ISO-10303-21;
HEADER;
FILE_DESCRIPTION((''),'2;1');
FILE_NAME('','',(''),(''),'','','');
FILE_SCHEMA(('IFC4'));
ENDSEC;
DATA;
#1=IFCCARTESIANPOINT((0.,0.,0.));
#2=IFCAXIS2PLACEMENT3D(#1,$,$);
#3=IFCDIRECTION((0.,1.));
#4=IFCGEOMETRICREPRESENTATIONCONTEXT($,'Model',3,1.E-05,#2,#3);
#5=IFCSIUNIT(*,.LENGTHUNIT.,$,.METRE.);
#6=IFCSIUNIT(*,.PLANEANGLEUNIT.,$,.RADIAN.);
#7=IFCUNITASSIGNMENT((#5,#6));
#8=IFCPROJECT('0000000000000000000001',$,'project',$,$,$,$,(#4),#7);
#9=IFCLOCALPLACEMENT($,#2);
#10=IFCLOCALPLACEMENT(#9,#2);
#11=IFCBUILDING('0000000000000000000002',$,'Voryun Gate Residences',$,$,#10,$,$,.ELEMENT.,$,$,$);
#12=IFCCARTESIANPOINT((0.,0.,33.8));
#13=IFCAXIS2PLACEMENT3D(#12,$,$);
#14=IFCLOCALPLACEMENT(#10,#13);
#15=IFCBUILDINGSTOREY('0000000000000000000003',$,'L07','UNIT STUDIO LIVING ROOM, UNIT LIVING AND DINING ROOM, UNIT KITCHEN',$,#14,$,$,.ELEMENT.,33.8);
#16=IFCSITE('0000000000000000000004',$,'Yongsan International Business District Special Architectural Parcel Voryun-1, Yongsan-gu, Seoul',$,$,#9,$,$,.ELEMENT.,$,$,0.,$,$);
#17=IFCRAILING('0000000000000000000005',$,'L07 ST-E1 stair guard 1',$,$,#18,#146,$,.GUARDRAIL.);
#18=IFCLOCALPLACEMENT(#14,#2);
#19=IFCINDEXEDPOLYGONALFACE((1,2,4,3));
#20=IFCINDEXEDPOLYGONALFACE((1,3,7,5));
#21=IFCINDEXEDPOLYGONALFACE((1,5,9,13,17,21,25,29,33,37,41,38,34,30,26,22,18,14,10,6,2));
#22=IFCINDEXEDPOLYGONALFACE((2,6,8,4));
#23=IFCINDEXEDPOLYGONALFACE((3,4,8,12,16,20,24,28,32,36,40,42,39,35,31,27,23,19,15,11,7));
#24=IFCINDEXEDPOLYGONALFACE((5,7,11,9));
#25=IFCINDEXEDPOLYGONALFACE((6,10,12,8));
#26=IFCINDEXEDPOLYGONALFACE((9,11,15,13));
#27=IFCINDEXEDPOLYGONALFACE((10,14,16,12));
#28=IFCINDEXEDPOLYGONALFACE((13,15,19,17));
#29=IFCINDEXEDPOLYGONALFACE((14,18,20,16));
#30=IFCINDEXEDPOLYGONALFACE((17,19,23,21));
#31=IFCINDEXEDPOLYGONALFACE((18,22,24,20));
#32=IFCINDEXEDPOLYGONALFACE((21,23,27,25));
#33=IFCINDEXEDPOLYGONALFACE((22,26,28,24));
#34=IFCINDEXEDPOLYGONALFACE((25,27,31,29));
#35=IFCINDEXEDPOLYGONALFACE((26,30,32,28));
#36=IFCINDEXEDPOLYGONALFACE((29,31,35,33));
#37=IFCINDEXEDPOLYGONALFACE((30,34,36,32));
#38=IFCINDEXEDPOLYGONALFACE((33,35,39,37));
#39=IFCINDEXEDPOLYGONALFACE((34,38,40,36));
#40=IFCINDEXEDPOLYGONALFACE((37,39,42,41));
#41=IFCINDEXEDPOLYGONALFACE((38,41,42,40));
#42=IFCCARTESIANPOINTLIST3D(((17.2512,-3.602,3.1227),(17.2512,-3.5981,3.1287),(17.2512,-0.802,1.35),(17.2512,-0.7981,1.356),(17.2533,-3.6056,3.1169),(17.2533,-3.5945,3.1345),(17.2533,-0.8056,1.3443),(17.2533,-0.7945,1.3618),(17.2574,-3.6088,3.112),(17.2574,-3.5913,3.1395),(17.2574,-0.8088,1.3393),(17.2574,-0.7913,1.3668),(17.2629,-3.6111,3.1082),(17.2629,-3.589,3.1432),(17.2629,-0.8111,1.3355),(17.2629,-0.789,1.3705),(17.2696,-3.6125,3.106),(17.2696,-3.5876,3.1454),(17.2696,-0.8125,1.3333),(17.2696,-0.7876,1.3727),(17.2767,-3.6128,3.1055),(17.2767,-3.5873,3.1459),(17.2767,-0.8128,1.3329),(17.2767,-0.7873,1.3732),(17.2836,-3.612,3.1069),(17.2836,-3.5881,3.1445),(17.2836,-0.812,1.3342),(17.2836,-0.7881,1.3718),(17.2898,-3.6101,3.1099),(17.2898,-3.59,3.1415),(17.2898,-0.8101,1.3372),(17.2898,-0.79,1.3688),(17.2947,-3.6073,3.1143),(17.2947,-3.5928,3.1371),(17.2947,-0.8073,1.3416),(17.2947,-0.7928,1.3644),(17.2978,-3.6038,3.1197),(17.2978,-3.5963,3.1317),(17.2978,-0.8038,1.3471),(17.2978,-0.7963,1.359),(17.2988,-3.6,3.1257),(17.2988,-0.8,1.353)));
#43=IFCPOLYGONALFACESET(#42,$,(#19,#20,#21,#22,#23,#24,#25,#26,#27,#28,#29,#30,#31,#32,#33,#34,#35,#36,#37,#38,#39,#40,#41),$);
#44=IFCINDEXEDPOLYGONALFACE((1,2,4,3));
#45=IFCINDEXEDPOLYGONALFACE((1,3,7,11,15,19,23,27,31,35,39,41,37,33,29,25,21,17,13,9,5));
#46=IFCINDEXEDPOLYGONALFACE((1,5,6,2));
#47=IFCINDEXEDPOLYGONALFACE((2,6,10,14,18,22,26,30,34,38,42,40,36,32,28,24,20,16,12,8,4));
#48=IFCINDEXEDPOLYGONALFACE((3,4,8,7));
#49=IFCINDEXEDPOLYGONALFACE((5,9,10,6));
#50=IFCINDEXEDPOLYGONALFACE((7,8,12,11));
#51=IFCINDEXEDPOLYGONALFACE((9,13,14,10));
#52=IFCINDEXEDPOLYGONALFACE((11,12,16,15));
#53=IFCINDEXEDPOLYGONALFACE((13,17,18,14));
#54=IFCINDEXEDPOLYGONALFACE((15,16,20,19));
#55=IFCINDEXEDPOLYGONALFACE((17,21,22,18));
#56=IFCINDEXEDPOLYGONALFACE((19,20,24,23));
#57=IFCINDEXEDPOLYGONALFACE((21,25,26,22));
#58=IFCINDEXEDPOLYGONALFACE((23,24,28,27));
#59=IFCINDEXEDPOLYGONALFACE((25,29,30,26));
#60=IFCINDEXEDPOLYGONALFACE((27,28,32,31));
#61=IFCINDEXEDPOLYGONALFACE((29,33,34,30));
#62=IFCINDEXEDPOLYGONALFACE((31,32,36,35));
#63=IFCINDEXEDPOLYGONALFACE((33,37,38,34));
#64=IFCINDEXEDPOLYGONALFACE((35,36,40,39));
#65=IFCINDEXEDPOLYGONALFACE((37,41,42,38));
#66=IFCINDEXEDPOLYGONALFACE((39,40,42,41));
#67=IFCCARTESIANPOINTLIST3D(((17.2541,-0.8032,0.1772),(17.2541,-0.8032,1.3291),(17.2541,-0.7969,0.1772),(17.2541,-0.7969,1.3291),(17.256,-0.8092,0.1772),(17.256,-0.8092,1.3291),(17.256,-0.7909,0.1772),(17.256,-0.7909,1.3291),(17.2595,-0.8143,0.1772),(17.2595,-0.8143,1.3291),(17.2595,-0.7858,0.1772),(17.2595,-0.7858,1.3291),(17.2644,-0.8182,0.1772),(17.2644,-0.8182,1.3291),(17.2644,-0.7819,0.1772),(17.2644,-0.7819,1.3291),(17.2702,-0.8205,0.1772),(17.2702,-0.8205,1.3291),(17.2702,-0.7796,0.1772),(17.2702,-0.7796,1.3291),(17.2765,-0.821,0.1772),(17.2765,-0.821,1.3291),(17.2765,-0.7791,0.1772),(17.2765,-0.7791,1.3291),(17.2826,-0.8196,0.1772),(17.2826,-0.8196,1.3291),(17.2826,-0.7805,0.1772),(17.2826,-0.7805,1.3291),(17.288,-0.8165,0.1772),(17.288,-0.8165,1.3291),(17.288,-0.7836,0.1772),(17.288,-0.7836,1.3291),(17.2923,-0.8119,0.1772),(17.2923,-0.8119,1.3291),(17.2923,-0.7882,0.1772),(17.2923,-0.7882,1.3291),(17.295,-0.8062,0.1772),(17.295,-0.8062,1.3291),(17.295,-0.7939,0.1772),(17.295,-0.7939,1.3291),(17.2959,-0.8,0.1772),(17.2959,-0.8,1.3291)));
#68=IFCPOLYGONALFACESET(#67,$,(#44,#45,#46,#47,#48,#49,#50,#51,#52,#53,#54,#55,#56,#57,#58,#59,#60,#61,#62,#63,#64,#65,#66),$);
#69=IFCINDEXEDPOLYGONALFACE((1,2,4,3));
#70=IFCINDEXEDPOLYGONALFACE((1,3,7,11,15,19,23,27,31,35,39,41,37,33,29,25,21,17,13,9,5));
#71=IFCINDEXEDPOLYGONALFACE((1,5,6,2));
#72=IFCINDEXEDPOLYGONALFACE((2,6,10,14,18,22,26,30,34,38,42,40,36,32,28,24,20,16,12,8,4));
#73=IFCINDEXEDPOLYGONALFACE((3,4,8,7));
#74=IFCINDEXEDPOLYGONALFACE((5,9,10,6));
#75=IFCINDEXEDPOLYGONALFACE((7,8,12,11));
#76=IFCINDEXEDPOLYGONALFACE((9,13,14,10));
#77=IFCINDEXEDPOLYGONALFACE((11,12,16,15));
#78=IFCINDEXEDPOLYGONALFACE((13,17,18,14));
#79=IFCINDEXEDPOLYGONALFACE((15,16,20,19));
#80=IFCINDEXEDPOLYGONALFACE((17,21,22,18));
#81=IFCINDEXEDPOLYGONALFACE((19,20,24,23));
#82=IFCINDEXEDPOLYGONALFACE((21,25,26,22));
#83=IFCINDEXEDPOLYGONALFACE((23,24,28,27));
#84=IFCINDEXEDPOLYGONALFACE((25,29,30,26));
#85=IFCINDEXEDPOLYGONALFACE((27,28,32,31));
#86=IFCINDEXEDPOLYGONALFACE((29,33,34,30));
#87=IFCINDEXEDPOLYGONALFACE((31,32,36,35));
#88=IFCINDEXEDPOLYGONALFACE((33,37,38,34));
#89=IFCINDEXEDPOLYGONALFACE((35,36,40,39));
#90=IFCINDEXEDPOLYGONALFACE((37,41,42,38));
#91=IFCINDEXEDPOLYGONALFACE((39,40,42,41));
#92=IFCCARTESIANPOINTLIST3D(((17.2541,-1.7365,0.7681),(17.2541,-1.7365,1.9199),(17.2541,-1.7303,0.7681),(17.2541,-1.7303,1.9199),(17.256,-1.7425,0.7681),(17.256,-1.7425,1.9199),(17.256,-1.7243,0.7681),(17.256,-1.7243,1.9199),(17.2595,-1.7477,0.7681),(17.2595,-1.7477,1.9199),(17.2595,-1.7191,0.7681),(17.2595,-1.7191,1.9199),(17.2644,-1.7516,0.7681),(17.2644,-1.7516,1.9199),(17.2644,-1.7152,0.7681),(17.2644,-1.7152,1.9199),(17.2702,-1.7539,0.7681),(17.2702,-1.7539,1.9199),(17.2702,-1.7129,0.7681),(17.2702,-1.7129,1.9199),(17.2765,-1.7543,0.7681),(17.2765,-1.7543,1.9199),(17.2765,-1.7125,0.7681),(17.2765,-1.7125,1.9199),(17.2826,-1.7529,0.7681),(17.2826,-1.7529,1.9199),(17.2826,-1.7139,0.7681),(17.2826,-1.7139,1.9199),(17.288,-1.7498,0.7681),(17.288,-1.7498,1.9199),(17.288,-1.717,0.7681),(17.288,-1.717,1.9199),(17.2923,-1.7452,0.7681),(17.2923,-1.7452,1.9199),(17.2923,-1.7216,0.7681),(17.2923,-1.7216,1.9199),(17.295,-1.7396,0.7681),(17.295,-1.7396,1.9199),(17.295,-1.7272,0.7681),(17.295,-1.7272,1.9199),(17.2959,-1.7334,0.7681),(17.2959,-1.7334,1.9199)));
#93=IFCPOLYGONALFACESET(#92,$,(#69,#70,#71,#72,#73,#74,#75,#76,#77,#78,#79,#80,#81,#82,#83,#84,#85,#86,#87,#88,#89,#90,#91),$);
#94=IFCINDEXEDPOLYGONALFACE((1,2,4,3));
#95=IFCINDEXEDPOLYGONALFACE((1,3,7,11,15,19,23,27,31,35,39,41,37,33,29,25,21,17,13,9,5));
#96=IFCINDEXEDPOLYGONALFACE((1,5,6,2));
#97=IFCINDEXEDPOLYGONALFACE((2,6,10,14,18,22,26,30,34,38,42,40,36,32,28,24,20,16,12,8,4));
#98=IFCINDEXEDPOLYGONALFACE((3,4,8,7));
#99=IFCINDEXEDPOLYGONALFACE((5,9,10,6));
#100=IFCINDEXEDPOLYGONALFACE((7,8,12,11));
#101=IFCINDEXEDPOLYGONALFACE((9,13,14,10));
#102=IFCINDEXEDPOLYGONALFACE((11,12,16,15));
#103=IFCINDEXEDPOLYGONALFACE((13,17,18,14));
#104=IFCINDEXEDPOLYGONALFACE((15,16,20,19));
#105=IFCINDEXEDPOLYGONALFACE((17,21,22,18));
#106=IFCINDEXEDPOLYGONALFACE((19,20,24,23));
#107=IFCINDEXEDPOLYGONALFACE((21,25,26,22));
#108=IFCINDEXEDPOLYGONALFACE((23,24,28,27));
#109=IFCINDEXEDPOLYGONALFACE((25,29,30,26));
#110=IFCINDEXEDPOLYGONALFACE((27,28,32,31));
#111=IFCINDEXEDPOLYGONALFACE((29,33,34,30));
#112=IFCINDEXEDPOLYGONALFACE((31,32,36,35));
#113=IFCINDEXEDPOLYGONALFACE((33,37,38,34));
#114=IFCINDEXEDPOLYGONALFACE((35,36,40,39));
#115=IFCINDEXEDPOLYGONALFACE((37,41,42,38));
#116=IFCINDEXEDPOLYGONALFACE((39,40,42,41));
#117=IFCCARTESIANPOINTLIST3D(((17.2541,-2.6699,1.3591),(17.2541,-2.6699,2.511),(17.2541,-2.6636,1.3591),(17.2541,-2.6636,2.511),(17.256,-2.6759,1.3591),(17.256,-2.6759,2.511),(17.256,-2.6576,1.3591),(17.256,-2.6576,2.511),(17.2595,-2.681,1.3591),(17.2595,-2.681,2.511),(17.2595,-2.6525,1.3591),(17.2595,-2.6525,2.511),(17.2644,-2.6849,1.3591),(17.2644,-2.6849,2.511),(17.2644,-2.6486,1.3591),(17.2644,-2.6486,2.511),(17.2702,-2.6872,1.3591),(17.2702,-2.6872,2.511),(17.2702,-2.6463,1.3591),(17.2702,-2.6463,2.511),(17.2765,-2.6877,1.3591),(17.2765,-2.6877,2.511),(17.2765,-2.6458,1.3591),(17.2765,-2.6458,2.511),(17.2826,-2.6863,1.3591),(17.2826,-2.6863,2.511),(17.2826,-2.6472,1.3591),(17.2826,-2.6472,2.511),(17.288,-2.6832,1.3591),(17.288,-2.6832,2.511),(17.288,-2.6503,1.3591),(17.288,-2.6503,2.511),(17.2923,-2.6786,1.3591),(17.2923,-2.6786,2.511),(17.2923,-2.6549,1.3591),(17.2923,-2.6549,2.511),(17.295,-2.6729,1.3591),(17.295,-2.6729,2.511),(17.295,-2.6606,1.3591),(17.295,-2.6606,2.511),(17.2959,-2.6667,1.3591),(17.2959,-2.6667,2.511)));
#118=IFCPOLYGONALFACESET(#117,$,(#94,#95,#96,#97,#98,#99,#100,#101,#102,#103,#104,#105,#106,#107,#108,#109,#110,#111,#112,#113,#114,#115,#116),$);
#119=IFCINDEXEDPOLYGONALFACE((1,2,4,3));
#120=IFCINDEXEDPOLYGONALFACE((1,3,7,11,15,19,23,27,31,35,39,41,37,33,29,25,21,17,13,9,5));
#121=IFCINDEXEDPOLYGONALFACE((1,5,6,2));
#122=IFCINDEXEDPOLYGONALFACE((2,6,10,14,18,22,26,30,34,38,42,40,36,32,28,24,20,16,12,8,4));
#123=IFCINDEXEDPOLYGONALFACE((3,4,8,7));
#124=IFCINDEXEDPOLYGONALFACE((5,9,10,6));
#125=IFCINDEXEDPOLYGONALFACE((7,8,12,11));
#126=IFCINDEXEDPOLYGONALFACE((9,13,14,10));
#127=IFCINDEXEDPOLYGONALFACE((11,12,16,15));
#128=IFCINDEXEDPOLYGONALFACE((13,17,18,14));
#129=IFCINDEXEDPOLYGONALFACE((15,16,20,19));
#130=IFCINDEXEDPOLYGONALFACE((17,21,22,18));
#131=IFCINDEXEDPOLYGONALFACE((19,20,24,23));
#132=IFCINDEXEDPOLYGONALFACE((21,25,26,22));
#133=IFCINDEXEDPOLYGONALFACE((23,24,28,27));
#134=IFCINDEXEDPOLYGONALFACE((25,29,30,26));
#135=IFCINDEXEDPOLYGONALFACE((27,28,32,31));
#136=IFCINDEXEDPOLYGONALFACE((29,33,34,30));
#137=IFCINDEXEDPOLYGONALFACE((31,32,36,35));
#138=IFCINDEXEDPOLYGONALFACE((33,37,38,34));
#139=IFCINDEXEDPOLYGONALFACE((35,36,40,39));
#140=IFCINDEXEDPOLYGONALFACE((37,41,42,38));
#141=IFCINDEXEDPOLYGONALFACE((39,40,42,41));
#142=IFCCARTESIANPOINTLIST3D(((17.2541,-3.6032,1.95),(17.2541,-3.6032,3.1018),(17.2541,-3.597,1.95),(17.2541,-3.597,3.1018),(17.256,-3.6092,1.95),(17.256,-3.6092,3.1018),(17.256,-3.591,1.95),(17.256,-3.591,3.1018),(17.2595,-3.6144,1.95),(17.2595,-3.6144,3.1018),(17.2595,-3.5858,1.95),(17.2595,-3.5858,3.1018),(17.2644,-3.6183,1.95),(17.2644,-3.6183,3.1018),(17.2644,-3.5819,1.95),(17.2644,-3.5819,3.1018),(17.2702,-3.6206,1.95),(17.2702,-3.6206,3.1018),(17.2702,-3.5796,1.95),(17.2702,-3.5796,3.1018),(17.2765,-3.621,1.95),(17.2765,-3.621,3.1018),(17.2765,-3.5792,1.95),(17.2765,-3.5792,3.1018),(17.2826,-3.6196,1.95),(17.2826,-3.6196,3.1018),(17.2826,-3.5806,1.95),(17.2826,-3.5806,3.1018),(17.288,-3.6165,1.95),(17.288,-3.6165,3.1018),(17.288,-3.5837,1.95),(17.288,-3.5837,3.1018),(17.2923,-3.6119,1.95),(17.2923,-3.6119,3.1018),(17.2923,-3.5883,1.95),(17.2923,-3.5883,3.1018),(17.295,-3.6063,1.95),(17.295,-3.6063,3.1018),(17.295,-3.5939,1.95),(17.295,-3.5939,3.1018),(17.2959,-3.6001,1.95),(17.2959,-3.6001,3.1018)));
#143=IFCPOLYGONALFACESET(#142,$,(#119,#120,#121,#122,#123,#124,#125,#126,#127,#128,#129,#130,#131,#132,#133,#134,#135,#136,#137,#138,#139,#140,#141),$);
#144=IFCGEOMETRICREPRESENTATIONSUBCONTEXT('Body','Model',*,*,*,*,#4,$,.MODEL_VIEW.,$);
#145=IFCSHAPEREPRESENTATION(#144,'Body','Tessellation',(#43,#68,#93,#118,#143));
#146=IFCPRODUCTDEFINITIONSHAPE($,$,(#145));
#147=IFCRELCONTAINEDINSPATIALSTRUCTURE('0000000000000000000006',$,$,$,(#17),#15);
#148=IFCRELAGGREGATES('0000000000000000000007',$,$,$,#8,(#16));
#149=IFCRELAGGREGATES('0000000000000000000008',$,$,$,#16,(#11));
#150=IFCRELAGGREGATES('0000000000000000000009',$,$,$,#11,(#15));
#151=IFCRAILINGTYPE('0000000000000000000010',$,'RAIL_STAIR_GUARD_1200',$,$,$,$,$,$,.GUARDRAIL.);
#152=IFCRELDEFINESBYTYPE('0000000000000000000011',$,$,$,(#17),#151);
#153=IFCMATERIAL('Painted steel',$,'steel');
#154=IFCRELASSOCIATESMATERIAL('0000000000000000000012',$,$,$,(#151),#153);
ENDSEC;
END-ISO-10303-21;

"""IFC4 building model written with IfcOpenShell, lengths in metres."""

from ifc_helpers import new_model, si_unit, direction, frame, origin, origin_2d, place, context, subcontext, project, spatial, circle, extrude, material, type_object, element, save


model = new_model("IFC4")

# Units and contexts
model_context = context("Model", 3, precision=1e-05, world=origin(), true_north=direction((0.0, 1.0)))
body_context = subcontext(model_context, "Body", "Model", "MODEL_VIEW")
ifc_project = project(units=[si_unit("LENGTHUNIT", "METRE"), si_unit("PLANEANGLEUNIT", "RADIAN")], contexts=[model_context])

# Site, building, storey
site_placement = place(None, origin())
site = spatial("IfcSite", under=ifc_project, at=site_placement, Name="Yongsan International Business District Special Architectural Parcel Voryun-1, Yongsan-gu, Seoul", CompositionType="ELEMENT", RefElevation=0.0)
building_placement = place(site_placement, origin())
building = spatial("IfcBuilding", under=site, at=building_placement, Name="Voryun Gate Residences", CompositionType="ELEMENT")
storey_placement = place(building_placement, frame((0.0, 0.0, 33.8)))
storey = spatial("IfcBuildingStorey", under=building, at=storey_placement, Name="L07", Description="UNIT STUDIO LIVING ROOM, UNIT LIVING AND DINING ROOM, UNIT KITCHEN", CompositionType="ELEMENT", Elevation=33.8)

# Railing
ifc_material_1 = material(Name="Painted steel", Category="steel")
railing_type_1 = type_object("IfcRailingType", Name="RAIL_STAIR_GUARD_1200", PredefinedType="GUARDRAIL", material=ifc_material_1)
railing_1_placement = place(storey_placement, frame((17.2749, -0.8, 0.1772)))
element("IfcRailing", 1, at=railing_1_placement, inside=storey, type_object=railing_type_1, Name="L07 ST-E1 stair guard 1", PredefinedType="GUARDRAIL", context=body_context, shape_type="SweptSolid", body=[
    extrude(circle(Radius=0.0239, at=origin_2d()), frame((0.0, 0.0, 1.1758), z_axis=(0.0, -0.844909, 0.53491), x_axis=(1.0, 0.0, 0.0)), (0.0, 0.0, 1.0), 3.314),
    extrude(circle(Radius=0.021, at=origin_2d()), origin(), (0.0, 0.0, 1.0), 1.1519),
    extrude(circle(Radius=0.021, at=origin_2d()), frame((0.0, -0.9333, 0.5908)), (0.0, 0.0, 1.0), 1.1519),
    extrude(circle(Radius=0.021, at=origin_2d()), frame((0.0, -1.8667, 1.1819)), (0.0, 0.0, 1.0), 1.1519),
    extrude(circle(Radius=0.021, at=origin_2d()), frame((0.0, -2.8, 1.7727)), (0.0, 0.0, 1.0), 1.1519),
])

save(model, "model.ifc")
